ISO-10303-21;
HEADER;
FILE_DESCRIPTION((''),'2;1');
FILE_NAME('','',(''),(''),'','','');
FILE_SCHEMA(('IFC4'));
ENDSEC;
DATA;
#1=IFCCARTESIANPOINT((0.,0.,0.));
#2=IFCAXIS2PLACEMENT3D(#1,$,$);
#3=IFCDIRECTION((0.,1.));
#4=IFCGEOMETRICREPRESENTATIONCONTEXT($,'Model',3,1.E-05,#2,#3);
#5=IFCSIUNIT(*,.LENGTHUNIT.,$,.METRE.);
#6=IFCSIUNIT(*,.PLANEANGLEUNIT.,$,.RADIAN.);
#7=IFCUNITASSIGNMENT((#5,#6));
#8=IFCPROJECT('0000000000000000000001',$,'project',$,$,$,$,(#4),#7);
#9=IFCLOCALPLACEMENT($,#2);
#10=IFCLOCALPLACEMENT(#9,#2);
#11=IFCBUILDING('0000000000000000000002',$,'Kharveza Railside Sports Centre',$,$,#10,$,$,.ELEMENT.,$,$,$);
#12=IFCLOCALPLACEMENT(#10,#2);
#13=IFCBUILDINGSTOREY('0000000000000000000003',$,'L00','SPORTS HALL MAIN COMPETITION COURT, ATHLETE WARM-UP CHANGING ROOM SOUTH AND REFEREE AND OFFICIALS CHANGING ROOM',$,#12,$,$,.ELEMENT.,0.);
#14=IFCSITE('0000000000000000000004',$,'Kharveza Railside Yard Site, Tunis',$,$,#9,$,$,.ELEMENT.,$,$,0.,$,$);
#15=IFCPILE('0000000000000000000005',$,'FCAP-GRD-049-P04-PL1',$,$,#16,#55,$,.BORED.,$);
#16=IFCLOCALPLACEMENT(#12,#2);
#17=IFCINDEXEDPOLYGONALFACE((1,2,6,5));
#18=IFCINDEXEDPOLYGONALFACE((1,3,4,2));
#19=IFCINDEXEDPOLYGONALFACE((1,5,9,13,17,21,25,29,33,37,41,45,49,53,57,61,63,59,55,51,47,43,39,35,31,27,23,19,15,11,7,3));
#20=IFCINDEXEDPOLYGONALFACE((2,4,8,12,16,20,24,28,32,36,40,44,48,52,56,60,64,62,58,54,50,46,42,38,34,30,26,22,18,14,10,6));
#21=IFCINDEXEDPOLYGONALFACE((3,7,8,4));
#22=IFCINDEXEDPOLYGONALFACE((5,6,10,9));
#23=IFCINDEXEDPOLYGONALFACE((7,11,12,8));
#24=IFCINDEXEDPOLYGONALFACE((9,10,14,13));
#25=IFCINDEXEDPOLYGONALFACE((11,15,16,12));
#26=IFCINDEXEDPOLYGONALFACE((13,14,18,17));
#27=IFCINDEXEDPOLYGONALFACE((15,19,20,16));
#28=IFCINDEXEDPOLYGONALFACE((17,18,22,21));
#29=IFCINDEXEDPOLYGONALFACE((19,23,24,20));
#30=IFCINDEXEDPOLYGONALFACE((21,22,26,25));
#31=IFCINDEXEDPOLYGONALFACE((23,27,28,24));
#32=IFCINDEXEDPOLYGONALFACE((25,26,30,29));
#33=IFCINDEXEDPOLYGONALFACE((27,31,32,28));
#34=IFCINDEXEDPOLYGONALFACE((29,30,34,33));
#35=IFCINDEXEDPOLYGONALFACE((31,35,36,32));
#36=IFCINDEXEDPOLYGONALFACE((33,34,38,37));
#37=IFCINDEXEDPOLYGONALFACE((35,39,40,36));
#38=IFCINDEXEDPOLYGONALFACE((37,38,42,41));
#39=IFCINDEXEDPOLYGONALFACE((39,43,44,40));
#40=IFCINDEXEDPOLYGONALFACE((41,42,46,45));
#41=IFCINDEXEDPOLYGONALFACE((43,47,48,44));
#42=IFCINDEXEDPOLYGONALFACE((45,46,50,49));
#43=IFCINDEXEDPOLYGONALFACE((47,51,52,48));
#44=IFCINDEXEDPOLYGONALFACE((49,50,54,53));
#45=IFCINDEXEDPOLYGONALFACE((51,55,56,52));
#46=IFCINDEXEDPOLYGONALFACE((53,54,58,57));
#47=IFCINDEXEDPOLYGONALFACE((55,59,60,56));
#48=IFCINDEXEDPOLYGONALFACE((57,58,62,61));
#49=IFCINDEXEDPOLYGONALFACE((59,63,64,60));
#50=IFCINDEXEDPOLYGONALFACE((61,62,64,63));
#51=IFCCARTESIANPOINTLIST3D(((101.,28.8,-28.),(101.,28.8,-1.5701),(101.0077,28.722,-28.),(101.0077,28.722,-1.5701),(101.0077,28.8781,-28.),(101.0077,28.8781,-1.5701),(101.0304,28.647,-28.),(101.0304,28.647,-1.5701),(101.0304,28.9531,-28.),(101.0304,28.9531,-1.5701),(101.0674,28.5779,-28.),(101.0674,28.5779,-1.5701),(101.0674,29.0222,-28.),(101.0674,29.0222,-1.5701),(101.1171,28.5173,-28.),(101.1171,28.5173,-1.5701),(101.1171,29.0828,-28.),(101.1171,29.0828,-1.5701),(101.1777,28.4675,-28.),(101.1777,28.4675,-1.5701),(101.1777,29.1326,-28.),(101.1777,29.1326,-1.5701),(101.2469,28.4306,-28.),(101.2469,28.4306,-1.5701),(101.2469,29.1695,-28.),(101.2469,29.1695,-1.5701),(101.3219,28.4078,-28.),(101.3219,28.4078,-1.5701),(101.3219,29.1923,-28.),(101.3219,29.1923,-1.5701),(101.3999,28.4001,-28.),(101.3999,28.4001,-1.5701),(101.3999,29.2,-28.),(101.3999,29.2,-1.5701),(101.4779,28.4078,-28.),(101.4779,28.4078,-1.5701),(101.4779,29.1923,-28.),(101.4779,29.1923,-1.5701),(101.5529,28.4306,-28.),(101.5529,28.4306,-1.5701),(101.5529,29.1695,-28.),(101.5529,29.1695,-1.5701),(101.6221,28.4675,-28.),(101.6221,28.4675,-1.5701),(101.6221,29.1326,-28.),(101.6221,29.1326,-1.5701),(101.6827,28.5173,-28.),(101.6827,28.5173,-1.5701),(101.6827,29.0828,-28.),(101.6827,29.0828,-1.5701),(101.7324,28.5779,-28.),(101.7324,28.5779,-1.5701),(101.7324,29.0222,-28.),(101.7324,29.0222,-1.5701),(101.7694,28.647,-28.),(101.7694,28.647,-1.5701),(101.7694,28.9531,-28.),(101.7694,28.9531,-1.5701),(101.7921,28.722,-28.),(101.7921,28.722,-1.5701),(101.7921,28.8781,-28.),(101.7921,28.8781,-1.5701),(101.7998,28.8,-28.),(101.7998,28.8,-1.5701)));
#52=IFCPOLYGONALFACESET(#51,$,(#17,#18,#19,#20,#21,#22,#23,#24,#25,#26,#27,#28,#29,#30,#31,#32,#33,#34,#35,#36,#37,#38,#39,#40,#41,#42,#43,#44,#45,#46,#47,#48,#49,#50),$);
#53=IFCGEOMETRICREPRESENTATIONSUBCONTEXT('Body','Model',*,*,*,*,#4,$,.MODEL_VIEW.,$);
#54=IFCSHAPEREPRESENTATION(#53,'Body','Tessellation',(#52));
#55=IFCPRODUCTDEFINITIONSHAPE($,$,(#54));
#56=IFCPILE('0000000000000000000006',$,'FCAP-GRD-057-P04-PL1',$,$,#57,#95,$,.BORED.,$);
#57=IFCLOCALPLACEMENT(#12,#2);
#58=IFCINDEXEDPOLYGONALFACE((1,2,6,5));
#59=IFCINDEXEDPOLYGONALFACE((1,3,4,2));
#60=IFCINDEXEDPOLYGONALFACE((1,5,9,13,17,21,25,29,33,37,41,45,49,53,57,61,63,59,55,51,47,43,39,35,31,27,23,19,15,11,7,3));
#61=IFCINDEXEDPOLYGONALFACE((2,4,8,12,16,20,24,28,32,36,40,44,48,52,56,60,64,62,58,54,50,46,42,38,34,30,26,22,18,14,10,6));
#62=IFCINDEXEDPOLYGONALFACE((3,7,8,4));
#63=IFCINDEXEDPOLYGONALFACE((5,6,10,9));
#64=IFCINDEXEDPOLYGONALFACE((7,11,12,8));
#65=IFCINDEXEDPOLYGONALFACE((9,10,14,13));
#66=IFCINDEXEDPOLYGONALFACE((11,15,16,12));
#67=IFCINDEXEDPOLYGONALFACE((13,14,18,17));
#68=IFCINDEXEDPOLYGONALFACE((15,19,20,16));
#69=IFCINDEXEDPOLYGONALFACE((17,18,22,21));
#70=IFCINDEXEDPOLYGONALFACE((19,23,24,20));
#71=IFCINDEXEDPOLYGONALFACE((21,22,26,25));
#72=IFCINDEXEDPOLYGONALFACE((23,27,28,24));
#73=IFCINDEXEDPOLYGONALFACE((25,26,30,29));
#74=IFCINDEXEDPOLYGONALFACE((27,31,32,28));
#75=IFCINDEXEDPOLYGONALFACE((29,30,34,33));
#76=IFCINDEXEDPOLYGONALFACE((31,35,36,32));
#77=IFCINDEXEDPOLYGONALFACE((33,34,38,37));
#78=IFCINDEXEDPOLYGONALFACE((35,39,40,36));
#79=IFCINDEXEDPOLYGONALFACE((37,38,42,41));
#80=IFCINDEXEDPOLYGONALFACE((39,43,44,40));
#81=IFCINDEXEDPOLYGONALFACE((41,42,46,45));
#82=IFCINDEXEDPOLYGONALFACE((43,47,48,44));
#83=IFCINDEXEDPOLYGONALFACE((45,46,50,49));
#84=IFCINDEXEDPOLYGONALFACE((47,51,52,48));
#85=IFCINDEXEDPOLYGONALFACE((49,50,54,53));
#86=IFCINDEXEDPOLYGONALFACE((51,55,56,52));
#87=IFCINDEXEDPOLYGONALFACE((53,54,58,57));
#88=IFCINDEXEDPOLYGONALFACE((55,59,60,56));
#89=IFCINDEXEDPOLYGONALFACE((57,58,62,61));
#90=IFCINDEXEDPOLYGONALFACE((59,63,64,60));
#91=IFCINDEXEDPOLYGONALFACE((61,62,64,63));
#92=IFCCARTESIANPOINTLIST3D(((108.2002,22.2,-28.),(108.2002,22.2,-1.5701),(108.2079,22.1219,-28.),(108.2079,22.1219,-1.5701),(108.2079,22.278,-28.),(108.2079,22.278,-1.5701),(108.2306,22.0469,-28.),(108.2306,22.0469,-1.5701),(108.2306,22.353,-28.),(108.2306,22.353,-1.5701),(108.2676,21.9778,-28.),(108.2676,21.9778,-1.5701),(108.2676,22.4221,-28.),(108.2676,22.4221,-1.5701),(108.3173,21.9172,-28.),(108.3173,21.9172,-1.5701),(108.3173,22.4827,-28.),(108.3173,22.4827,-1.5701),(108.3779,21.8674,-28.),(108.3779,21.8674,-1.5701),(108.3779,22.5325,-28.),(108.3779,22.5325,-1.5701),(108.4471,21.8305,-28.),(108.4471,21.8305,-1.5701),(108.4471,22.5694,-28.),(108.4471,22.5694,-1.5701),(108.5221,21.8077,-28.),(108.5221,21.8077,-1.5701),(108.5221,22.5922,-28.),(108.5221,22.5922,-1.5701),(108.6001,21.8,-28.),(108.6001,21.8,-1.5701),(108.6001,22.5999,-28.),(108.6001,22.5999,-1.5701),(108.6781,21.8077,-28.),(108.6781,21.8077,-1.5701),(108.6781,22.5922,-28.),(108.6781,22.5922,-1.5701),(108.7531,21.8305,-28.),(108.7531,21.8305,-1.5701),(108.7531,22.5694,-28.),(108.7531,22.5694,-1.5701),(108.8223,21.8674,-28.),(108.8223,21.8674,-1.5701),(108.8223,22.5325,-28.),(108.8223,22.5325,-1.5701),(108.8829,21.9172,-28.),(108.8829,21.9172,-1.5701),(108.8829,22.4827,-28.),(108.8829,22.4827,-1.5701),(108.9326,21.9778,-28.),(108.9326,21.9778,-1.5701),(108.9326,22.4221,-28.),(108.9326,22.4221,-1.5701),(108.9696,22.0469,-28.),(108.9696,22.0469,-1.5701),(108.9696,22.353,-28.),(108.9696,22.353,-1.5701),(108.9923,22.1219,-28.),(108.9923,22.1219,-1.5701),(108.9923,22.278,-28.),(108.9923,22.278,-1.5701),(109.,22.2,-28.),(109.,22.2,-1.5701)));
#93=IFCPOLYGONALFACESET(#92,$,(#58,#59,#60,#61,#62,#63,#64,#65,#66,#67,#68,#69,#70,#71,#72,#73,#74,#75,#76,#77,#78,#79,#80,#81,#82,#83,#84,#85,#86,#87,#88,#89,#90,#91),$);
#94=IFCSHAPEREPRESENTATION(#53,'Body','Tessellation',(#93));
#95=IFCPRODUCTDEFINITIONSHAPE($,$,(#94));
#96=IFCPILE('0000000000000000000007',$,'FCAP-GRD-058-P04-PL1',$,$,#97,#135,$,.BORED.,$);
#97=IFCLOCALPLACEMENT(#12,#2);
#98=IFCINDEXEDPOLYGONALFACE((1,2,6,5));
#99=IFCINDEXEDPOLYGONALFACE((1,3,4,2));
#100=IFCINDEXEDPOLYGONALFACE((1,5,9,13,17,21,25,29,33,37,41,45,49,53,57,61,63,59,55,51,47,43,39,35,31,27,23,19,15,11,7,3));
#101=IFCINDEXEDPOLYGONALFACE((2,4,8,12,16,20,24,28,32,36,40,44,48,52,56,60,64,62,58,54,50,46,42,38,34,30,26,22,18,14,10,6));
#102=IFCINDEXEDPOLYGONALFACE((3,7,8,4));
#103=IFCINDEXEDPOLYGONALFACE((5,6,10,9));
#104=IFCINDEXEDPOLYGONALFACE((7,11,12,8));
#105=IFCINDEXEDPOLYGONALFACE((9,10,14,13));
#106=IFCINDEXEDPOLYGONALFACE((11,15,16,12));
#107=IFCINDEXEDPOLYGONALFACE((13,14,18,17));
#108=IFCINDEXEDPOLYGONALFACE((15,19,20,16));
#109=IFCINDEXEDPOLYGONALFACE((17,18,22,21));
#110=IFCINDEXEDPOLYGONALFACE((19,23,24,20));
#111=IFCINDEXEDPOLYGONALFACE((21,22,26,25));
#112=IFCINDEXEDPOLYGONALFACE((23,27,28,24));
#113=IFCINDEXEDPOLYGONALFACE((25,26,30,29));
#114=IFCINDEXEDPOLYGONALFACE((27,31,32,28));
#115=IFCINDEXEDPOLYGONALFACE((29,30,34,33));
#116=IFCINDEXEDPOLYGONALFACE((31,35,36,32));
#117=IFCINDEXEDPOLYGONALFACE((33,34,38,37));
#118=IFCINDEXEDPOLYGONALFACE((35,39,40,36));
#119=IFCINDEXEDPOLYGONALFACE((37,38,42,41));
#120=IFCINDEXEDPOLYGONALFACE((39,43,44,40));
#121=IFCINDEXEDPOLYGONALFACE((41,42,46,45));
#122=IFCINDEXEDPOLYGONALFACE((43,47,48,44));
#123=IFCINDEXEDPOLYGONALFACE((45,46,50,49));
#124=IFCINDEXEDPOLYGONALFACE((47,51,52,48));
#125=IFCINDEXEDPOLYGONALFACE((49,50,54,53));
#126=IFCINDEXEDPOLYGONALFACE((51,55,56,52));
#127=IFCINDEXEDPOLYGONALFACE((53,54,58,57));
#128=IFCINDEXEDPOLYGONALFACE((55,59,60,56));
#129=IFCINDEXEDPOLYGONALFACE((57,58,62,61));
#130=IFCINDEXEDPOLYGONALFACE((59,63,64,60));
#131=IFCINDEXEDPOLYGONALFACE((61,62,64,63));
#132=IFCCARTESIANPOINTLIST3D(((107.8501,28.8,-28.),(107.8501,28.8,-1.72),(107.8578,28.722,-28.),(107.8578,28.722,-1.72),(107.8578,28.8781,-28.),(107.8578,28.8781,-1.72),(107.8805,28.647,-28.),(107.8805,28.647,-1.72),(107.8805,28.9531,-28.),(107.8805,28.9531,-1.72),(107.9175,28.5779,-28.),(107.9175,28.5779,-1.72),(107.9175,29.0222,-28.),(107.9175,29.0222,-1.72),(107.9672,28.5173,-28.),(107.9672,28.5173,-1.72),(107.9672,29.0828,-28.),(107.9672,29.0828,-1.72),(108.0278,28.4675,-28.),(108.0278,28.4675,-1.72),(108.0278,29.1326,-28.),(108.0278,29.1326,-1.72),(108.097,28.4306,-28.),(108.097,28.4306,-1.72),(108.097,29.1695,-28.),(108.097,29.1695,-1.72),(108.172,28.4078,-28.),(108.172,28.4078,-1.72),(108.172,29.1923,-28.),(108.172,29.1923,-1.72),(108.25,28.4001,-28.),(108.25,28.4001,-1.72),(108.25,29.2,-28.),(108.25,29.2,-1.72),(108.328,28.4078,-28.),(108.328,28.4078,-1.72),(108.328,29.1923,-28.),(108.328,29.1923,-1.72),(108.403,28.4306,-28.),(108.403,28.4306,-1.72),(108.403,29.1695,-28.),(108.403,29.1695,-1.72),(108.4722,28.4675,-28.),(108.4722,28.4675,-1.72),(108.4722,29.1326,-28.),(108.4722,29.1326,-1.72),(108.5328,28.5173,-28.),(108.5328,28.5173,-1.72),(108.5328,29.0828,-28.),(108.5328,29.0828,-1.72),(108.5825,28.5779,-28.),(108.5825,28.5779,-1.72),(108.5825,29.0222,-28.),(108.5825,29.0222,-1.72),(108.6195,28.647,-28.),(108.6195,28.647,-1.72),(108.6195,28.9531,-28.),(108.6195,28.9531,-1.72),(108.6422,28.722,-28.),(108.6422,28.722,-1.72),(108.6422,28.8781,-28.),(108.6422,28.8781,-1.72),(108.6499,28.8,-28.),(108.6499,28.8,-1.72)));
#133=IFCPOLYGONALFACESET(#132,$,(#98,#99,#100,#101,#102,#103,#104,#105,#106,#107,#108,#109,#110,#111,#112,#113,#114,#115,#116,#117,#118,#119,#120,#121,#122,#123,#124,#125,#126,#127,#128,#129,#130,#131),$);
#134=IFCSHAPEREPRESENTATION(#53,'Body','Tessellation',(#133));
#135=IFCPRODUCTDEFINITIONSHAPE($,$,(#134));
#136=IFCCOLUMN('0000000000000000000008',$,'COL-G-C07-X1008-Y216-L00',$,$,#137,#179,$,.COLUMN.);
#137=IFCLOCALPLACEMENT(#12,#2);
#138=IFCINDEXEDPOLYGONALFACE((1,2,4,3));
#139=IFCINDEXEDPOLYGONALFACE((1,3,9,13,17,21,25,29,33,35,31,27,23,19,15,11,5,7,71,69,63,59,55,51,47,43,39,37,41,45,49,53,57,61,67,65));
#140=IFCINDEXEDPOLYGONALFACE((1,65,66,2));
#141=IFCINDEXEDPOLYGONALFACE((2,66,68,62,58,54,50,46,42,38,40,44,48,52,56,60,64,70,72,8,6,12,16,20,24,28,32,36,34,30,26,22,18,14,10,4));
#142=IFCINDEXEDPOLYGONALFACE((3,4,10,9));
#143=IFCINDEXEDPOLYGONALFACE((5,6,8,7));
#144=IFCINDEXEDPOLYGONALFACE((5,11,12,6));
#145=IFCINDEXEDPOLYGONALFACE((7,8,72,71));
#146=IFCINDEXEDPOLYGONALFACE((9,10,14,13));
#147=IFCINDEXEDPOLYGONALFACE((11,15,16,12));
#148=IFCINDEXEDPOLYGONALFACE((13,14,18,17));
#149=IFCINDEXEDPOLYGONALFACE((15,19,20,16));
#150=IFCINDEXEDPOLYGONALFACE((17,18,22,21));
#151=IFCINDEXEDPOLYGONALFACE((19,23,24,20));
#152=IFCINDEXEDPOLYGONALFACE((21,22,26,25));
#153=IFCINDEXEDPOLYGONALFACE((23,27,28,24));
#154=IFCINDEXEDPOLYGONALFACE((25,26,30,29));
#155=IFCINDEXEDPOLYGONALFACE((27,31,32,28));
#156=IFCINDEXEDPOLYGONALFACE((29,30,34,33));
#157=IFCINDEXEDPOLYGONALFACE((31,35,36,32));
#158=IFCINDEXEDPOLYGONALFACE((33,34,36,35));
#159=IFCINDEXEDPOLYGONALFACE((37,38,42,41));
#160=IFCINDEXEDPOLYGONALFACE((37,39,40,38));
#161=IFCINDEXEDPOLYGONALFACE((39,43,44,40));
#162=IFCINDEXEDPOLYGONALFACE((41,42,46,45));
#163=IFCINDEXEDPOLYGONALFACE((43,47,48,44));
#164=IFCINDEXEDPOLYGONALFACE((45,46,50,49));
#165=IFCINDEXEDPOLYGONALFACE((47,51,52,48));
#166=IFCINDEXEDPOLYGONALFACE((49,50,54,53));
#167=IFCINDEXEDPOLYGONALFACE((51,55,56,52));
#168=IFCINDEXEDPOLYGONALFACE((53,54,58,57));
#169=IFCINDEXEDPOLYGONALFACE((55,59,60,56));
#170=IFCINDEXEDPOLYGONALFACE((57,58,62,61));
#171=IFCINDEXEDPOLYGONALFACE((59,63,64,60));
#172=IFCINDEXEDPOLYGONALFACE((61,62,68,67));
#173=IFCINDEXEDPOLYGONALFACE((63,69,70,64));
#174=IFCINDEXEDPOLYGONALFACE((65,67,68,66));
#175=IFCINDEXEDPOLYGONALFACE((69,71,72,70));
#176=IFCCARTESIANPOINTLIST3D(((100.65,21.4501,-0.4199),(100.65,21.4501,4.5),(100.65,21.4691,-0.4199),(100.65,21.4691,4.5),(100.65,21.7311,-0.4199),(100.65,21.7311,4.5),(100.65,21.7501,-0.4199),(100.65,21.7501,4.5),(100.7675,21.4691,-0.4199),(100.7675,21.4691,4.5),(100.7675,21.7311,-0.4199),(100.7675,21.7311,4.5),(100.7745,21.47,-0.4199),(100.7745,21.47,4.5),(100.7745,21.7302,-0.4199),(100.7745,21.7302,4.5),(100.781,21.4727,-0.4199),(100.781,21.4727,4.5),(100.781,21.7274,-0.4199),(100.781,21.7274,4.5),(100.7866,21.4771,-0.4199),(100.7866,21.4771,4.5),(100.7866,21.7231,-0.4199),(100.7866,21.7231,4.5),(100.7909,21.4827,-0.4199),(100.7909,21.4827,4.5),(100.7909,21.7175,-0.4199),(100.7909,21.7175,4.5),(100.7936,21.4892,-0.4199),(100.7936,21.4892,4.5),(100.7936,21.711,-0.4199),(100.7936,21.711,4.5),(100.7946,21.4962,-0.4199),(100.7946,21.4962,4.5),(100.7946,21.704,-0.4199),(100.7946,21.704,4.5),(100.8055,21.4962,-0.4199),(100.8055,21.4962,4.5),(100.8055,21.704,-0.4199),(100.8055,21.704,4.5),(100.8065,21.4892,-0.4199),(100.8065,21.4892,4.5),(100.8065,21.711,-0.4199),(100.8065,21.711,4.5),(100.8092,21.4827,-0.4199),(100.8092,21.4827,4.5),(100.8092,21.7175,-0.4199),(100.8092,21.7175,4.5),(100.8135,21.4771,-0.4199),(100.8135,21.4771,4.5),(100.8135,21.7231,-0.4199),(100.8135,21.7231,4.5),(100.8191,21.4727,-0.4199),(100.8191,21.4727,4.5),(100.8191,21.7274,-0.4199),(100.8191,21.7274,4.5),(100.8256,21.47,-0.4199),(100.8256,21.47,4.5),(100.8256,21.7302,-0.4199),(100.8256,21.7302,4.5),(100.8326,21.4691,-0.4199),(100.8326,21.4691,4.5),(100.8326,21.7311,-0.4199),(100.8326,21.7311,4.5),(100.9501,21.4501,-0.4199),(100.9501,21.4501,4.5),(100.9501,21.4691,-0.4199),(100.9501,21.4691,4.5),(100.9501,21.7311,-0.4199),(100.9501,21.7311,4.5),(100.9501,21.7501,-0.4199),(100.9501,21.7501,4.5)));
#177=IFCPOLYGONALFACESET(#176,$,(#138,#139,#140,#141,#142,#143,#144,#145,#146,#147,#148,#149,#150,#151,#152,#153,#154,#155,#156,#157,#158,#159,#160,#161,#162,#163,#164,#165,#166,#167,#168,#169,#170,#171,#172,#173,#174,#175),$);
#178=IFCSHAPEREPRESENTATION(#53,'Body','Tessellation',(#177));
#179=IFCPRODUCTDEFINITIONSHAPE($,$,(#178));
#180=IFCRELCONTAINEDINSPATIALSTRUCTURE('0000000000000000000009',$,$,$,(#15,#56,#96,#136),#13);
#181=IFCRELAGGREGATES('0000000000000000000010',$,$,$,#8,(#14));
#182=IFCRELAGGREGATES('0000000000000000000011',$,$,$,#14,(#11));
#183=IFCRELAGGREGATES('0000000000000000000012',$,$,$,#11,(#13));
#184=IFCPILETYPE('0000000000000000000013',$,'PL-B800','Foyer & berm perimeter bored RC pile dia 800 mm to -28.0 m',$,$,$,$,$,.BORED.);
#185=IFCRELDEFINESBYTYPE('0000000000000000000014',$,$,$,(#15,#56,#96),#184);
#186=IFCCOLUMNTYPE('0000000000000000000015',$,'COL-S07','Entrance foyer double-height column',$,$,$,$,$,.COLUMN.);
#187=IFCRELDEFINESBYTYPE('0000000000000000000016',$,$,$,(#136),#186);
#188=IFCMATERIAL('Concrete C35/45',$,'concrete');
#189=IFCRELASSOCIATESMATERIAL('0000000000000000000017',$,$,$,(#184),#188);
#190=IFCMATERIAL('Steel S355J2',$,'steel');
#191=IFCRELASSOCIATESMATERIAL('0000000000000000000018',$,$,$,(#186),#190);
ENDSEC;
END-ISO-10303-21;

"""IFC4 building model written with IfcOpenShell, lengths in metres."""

from ifc_helpers import new_model, si_unit, direction, frame, origin, origin_2d, place, context, subcontext, project, spatial, circle, i_section, extrude, material, material_profile, profile_set, type_object, element, save


model = new_model("IFC4")

# Units and contexts
model_context = context("Model", 3, precision=1e-05, world=origin(), true_north=direction((0.0, 1.0)))
body_context = subcontext(model_context, "Body", "Model", "MODEL_VIEW")
ifc_project = project(units=[si_unit("LENGTHUNIT", "METRE"), si_unit("PLANEANGLEUNIT", "RADIAN")], contexts=[model_context])

# Site, building, storey
site_placement = place(None, origin())
site = spatial("IfcSite", under=ifc_project, at=site_placement, Name="Kharveza Railside Yard Site, Tunis", CompositionType="ELEMENT", RefElevation=0.0)
building_placement = place(site_placement, origin())
building = spatial("IfcBuilding", under=site, at=building_placement, Name="Kharveza Railside Sports Centre", CompositionType="ELEMENT")
storey_placement = place(building_placement, origin())
storey = spatial("IfcBuildingStorey", under=building, at=storey_placement, Name="L00", Description="SPORTS HALL MAIN COMPETITION COURT, ATHLETE WARM-UP CHANGING ROOM SOUTH AND REFEREE AND OFFICIALS CHANGING ROOM", CompositionType="ELEMENT", Elevation=0.0)

# Shared definitions
ifc_material_1 = material(Name="Concrete C35/45", Category="concrete")

# Piles
ifc_material_profile_1 = material_profile(ifc_material_1, circle(Radius=0.3999, at=origin_2d()), Name="PILE D800")
ifc_profile_set_1 = profile_set([ifc_material_profile_1], Name="Concrete C35/45")
pile_type_1 = type_object("IfcPileType", Name="PL-B800", Description="Foyer & berm perimeter bored RC pile dia 800 mm to -28.0 m", PredefinedType="BORED", material=ifc_profile_set_1)
for number, where, z_axis, x_axis, name in (
    (1, (101.3999, 28.8, -1.5701), (0.0, 0.0, -1.0), (1.0, 0.0, 0.0), "FCAP-GRD-049-P04-PL1"),
    (2, (108.6001, 22.2, -1.5701), (0.0, 0.0, -1.0), (1.0, 0.0, 0.0), "FCAP-GRD-057-P04-PL1"),
):
    element("IfcPile", number, at=place(storey_placement, frame(where, z_axis=z_axis, x_axis=x_axis)), inside=storey, type_object=pile_type_1, Name=name, PredefinedType="BORED", context=body_context, shape_type="SweptSolid", body=[
        extrude(circle(Radius=0.3999, at=origin_2d()), origin(), (0.0, 0.0, 1.0), 26.4299),
    ])
pile_placement = place(storey_placement, frame((108.25, 28.8, -1.72), z_axis=(0.0, 0.0, -1.0), x_axis=(1.0, 0.0, 0.0)))
element("IfcPile", 3, at=pile_placement, inside=storey, type_object=pile_type_1, Name="FCAP-GRD-058-P04-PL1", PredefinedType="BORED", context=body_context, shape_type="SweptSolid", body=[
    extrude(circle(Radius=0.3999, at=origin_2d()), origin(), (0.0, 0.0, 1.0), 26.28),
])

# Column
ifc_material_2 = material(Name="Steel S355J2", Category="steel")
ifc_material_profile_2 = material_profile(ifc_material_2, i_section(OverallWidth=0.3, OverallDepth=0.3, WebThickness=0.011, FlangeThickness=0.019, FilletRadius=0.0271, at=origin_2d()), Name="HEB 300")
ifc_profile_set_2 = profile_set([ifc_material_profile_2], Name="Steel S355J2")
column_type = type_object("IfcColumnType", Name="COL-S07", Description="Entrance foyer double-height column", PredefinedType="COLUMN", material=ifc_profile_set_2)
for number, where, z_axis, x_axis, name in (
    (4, (100.8, 21.6001, -0.4199), (0.0, 0.0, 1.0), (1.0, 0.0, 0.0), "COL-G-C07-X1008-Y216-L00"),
):
    element("IfcColumn", number, at=place(storey_placement, frame(where, z_axis=z_axis, x_axis=x_axis)), inside=storey, type_object=column_type, Name=name, PredefinedType="COLUMN", context=body_context, shape_type="SweptSolid", body=[
        extrude(i_section(OverallWidth=0.3, OverallDepth=0.3, WebThickness=0.011, FlangeThickness=0.019, FilletRadius=0.0271, at=origin_2d()), origin(), (0.0, 0.0, 1.0), 4.9199),
    ])

save(model, "model.ifc")
